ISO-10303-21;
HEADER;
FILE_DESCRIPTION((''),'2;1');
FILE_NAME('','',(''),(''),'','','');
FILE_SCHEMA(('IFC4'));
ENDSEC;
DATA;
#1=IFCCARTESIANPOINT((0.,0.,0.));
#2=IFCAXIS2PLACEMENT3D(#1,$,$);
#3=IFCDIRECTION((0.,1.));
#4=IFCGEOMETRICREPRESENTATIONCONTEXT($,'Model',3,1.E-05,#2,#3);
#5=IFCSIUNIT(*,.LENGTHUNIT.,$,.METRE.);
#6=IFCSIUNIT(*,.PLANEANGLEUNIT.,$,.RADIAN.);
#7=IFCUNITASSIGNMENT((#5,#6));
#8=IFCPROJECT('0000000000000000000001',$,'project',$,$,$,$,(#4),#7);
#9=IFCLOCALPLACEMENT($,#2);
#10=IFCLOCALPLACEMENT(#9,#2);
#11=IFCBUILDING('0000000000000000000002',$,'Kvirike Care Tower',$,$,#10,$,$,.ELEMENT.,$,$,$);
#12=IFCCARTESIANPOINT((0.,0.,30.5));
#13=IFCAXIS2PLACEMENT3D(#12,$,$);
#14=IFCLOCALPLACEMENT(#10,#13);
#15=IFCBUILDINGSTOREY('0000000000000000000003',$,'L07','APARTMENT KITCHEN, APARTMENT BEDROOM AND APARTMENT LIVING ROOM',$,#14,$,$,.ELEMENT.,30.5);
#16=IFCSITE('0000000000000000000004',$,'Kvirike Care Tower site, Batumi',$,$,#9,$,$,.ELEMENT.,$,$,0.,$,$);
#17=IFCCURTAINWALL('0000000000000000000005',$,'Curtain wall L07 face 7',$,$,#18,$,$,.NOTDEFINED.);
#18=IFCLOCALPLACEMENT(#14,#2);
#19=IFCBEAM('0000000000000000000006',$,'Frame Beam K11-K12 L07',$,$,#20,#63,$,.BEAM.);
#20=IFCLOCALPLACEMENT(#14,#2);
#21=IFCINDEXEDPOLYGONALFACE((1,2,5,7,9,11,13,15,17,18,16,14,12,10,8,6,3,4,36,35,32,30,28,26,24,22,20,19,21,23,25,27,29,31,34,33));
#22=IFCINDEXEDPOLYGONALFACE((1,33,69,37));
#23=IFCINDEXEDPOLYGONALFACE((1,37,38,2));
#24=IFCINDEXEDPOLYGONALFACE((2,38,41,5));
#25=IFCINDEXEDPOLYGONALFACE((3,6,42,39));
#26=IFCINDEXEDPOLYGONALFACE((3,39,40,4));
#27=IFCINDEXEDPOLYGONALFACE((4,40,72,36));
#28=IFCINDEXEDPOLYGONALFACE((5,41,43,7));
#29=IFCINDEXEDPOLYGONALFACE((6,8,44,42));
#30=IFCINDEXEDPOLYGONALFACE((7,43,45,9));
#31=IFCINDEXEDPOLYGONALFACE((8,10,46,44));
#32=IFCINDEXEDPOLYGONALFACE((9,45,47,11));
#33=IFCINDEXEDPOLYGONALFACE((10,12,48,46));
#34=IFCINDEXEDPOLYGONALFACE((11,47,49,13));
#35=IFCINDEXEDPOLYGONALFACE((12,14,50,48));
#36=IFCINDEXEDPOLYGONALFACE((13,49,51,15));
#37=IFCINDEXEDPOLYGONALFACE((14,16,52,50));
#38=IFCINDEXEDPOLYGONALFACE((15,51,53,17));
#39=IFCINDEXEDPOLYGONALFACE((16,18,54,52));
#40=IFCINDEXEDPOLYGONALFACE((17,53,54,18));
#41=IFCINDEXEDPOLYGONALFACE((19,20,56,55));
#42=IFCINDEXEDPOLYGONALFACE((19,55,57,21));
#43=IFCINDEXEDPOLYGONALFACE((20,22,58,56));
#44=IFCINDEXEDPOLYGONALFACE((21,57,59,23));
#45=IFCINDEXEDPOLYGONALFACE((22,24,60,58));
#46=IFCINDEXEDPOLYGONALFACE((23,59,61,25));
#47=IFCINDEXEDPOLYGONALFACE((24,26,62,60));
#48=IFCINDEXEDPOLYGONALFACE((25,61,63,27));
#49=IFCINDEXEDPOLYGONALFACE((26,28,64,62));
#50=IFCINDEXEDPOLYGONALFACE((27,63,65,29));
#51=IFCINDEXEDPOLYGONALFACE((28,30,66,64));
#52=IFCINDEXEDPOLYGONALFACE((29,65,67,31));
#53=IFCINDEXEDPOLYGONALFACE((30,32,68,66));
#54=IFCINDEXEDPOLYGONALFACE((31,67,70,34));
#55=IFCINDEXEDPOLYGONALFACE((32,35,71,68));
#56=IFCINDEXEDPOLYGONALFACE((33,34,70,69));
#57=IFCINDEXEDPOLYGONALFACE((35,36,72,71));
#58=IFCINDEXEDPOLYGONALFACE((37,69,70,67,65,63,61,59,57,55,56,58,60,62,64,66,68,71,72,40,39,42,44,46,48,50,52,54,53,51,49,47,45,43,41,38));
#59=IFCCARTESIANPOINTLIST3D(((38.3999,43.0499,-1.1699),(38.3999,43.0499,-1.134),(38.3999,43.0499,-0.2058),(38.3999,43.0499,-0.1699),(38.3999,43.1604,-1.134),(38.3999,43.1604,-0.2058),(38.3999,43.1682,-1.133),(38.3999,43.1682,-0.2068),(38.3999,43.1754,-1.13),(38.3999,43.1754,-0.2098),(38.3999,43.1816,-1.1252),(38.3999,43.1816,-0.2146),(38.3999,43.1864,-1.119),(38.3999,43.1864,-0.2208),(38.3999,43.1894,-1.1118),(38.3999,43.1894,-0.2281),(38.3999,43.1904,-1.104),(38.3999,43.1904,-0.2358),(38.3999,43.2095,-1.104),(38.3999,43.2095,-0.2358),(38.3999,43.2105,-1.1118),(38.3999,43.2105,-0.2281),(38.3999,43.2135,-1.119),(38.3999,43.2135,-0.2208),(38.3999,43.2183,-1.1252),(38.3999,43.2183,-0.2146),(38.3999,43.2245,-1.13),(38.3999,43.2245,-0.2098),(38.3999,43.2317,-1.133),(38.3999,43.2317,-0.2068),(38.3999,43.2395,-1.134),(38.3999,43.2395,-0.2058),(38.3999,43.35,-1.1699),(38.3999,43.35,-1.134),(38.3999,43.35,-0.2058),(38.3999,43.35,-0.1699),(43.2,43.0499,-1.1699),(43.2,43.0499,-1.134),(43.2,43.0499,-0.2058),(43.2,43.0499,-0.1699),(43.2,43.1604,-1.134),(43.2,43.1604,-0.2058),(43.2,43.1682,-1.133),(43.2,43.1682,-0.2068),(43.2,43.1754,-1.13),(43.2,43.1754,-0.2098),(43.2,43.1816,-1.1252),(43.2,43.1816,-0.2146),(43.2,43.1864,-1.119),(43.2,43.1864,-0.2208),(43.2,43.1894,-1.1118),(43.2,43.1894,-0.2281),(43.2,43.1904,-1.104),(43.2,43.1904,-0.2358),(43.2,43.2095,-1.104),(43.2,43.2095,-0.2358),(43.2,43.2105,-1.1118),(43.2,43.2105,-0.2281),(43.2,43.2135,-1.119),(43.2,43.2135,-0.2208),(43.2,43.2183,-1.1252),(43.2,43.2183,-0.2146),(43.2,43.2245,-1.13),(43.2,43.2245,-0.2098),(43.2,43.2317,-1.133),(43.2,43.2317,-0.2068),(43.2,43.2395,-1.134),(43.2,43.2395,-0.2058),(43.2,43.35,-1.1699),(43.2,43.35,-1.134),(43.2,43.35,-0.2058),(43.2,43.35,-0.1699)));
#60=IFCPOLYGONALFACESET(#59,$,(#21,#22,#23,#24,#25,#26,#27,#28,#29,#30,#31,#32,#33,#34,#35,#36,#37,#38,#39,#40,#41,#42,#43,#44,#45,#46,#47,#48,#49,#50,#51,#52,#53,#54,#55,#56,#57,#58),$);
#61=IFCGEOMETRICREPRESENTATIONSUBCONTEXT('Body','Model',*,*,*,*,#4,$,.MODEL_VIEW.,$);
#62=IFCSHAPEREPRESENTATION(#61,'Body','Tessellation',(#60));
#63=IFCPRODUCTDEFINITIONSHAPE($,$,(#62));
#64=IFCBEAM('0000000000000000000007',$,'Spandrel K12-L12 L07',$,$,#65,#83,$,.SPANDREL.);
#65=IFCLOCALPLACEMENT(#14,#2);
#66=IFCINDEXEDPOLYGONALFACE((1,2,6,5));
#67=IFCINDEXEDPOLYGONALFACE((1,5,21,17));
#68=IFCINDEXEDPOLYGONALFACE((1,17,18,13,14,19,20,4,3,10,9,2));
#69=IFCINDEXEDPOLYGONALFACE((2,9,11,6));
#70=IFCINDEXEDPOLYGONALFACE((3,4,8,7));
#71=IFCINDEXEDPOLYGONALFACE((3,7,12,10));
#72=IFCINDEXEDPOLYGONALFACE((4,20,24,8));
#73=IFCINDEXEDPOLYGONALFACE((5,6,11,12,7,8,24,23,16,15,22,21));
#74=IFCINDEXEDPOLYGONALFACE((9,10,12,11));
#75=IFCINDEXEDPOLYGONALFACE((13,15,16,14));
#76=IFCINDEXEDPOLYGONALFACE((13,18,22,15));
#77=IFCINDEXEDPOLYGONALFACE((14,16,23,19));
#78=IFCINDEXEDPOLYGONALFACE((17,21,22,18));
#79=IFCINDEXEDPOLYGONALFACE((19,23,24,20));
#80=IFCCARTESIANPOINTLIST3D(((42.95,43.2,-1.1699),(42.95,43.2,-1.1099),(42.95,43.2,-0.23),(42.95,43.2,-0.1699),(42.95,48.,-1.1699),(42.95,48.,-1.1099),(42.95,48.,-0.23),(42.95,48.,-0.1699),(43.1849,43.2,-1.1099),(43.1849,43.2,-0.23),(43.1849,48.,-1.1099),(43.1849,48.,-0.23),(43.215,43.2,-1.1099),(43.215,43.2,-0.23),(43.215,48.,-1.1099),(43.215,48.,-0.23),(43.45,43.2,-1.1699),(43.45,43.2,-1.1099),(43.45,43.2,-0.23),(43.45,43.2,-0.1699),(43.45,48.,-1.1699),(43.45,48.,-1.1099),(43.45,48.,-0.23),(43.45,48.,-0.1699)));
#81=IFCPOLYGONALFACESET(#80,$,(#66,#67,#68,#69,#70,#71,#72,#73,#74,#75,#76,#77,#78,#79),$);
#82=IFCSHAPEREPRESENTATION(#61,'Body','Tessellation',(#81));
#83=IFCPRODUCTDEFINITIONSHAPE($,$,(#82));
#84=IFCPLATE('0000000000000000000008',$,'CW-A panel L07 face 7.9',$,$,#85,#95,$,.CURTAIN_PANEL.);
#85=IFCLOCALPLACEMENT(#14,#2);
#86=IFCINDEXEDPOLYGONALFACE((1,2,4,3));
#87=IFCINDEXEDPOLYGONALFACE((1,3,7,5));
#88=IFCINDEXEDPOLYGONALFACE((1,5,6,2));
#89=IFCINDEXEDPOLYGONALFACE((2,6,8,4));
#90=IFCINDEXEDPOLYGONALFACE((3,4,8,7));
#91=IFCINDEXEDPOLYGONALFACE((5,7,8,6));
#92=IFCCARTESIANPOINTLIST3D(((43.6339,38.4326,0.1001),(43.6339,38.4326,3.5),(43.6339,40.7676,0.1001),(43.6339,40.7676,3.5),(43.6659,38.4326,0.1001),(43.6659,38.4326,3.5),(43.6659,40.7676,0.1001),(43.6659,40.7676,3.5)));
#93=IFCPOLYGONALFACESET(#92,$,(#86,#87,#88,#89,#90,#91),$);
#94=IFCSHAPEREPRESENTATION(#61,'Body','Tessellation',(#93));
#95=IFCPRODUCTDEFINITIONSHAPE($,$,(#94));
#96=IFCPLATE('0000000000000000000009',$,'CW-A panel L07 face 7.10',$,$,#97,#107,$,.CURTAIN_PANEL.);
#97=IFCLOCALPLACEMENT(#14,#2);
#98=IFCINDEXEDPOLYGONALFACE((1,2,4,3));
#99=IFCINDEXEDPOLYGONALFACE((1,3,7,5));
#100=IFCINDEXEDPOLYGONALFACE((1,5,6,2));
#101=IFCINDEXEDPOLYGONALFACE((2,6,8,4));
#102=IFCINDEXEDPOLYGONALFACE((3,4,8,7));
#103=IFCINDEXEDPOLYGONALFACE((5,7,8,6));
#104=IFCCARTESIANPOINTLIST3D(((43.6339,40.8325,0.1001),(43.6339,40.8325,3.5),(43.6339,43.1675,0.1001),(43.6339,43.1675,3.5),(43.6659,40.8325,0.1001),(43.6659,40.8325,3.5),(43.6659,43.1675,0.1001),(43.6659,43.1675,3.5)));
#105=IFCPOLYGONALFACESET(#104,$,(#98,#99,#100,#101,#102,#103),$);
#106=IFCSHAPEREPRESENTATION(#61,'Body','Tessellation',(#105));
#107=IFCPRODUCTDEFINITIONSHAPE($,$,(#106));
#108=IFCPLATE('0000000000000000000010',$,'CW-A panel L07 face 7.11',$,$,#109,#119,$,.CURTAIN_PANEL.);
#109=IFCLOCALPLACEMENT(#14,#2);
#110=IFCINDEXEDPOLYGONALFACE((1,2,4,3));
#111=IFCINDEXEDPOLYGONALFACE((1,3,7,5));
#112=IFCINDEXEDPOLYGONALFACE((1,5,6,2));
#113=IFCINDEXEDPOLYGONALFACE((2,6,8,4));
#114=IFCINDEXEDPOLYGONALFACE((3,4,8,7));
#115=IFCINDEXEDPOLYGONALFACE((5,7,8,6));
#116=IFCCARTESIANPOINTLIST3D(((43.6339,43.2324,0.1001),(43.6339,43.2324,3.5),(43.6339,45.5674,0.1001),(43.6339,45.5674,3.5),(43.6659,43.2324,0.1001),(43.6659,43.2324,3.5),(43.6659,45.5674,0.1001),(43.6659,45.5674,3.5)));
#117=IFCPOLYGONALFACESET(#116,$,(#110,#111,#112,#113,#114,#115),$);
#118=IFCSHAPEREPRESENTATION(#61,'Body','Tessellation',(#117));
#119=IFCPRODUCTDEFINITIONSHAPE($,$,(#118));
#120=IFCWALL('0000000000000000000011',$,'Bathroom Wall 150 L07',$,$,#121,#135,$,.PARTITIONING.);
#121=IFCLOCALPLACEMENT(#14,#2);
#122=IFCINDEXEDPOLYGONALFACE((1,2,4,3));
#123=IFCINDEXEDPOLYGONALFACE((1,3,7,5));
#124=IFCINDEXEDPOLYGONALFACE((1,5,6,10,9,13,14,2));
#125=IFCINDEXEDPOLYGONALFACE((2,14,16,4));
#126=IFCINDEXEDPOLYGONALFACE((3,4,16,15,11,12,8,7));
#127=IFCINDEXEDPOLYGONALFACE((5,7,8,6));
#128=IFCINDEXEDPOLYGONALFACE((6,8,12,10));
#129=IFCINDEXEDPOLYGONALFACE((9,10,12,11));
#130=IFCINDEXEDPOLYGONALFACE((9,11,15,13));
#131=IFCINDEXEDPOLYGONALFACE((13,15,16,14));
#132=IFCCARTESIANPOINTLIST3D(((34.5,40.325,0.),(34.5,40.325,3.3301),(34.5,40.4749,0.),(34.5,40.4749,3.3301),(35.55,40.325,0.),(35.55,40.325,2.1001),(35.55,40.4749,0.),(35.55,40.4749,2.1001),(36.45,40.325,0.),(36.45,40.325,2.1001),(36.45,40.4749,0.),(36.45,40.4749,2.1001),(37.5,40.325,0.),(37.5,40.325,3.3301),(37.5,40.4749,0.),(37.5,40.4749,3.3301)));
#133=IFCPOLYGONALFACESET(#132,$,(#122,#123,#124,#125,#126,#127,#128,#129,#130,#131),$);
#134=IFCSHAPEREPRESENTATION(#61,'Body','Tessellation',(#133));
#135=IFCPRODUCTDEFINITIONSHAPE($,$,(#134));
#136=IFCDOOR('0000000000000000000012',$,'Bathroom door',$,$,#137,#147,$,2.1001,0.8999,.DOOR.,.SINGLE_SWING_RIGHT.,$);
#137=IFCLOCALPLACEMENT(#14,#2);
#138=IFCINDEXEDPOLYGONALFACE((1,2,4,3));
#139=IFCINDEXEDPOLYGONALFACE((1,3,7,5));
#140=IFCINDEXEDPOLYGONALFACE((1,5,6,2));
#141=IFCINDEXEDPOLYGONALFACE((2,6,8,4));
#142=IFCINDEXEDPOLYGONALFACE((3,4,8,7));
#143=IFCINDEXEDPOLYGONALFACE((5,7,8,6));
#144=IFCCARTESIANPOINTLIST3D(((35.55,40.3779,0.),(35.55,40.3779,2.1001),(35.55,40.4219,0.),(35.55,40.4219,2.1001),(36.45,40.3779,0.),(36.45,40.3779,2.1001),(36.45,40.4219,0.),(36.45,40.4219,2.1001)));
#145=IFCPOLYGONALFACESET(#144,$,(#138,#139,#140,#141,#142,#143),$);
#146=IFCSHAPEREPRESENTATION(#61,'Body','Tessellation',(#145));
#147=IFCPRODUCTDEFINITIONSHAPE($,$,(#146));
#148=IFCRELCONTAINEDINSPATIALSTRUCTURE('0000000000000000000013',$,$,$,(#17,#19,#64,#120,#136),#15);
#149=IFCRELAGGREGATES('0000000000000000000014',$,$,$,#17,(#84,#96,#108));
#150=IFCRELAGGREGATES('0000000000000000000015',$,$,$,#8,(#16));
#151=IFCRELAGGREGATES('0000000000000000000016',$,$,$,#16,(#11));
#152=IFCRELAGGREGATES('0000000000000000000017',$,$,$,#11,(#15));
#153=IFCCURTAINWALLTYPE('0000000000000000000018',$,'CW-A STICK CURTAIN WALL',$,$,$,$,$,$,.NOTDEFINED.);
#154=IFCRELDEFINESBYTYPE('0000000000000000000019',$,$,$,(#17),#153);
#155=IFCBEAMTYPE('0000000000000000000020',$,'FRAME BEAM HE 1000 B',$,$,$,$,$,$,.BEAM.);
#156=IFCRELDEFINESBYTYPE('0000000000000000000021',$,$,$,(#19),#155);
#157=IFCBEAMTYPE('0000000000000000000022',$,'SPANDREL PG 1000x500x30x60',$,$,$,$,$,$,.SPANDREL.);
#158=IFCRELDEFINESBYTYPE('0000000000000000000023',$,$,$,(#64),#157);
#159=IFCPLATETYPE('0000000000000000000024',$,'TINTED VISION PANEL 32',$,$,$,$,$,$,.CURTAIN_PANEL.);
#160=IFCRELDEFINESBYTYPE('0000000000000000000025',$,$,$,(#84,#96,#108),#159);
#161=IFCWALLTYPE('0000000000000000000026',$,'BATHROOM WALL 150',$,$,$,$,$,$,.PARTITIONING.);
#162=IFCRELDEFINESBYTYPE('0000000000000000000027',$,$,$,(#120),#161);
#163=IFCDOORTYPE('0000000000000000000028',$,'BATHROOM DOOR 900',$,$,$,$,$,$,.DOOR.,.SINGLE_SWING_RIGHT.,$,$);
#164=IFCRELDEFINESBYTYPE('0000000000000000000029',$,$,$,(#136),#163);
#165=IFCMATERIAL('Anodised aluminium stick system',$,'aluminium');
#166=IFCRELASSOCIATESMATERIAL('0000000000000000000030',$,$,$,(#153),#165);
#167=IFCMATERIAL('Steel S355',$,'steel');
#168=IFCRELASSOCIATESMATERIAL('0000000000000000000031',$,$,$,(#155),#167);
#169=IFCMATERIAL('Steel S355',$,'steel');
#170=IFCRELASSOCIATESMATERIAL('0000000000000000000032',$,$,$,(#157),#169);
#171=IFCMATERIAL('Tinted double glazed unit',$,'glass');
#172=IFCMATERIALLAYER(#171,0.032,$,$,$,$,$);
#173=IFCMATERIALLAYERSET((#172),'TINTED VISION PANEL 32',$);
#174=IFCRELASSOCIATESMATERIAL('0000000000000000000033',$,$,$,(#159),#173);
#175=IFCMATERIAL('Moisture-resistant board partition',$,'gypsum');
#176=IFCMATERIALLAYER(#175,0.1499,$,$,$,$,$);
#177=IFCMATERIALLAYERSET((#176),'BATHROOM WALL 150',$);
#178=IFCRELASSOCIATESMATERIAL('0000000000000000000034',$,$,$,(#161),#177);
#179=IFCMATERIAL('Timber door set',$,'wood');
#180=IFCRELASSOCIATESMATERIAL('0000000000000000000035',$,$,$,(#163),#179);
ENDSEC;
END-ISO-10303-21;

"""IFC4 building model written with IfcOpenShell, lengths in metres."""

from ifc_helpers import new_model, si_unit, direction, frame, frame_2d, origin, origin_2d, place, context, subcontext, project, spatial, rectangle, i_section, extrude, material, layer, layer_set, material_profile, profile_set, type_object, element, fill, aggregate, save


model = new_model("IFC4")

# Units and contexts
model_context = context("Model", 3, precision=1e-05, world=origin(), true_north=direction((0.0, 1.0)))
body_context = subcontext(model_context, "Body", "Model", "MODEL_VIEW")
ifc_project = project(units=[si_unit("LENGTHUNIT", "METRE"), si_unit("PLANEANGLEUNIT", "RADIAN")], contexts=[model_context])

# Site, building, storey
site_placement = place(None, origin())
site = spatial("IfcSite", under=ifc_project, at=site_placement, Name="Kvirike Care Tower site, Batumi", CompositionType="ELEMENT", RefElevation=0.0)
building_placement = place(site_placement, origin())
building = spatial("IfcBuilding", under=site, at=building_placement, Name="Kvirike Care Tower", CompositionType="ELEMENT")
storey_placement = place(building_placement, frame((0.0, 0.0, 30.5)))
storey = spatial("IfcBuildingStorey", under=building, at=storey_placement, Name="L07", Description="APARTMENT KITCHEN, APARTMENT BEDROOM AND APARTMENT LIVING ROOM", CompositionType="ELEMENT", Elevation=30.5)

# Curtain wall
ifc_material_1 = material(Name="Anodised aluminium stick system", Category="aluminium")
curtain_wall_type = type_object("IfcCurtainWallType", Name="CW-A STICK CURTAIN WALL", PredefinedType="NOTDEFINED", material=ifc_material_1)
curtain_wall_placement = place(storey_placement, origin())
curtain_wall = element("IfcCurtainWall", 1, at=curtain_wall_placement, inside=storey, type_object=curtain_wall_type, Name="Curtain wall L07 face 7", PredefinedType="NOTDEFINED")

# Beams
ifc_material_2 = material(Name="Steel S355", Category="steel")
ifc_material_profile_1 = material_profile(ifc_material_2, i_section(OverallWidth=0.3, OverallDepth=1.0, WebThickness=0.019, FlangeThickness=0.0359, FilletRadius=0.03, at=origin_2d()), Name="HE 1000 B")
ifc_profile_set_1 = profile_set([ifc_material_profile_1], Name="Steel S355")
beam_type_1 = type_object("IfcBeamType", Name="FRAME BEAM HE 1000 B", PredefinedType="BEAM", material=ifc_profile_set_1)
beam_1_placement = place(storey_placement, frame((38.3999, 43.2, -0.6699), z_axis=(1.0, 0.0, 0.0), x_axis=(0.0, 1.0, 0.0)))
element("IfcBeam", 2, at=beam_1_placement, inside=storey, type_object=beam_type_1, Name="Frame Beam K11-K12 L07", PredefinedType="BEAM", context=body_context, shape_type="SweptSolid", body=[
    extrude(i_section(OverallWidth=0.3, OverallDepth=1.0, WebThickness=0.019, FlangeThickness=0.0359, FilletRadius=0.03, at=origin_2d()), origin(), (0.0, 0.0, 1.0), 4.8),
])
ifc_material_3 = material(Name="Steel S355", Category="steel")
ifc_material_profile_2 = material_profile(ifc_material_3, i_section(OverallWidth=0.5, OverallDepth=1.0, WebThickness=0.03, FlangeThickness=0.0601, at=origin_2d()), Name="PG 1000x500x30x60")
ifc_profile_set_2 = profile_set([ifc_material_profile_2], Name="Steel S355")
beam_type_2 = type_object("IfcBeamType", Name="SPANDREL PG 1000x500x30x60", PredefinedType="SPANDREL", material=ifc_profile_set_2)
beam_2_placement = place(storey_placement, frame((43.2, 43.2, -0.6699), z_axis=(0.0, 1.0, 0.0), x_axis=(-1.0, 0.0, 0.0)))
element("IfcBeam", 3, at=beam_2_placement, inside=storey, type_object=beam_type_2, Name="Spandrel K12-L12 L07", PredefinedType="SPANDREL", context=body_context, shape_type="SweptSolid", body=[
    extrude(i_section(OverallWidth=0.5, OverallDepth=1.0, WebThickness=0.03, FlangeThickness=0.0601, at=origin_2d()), origin(), (0.0, 0.0, 1.0), 4.8),
])

# Plates
ifc_material_4 = material(Name="Tinted double glazed unit", Category="glass")
ifc_layer_1 = layer(ifc_material_4, 0.032)
ifc_layer_set_1 = layer_set([ifc_layer_1], Name="TINTED VISION PANEL 32")
plate_type = type_object("IfcPlateType", Name="TINTED VISION PANEL 32", PredefinedType="CURTAIN_PANEL", material=ifc_layer_set_1)
plate_1_placement = place(storey_placement, frame((43.6499, 39.6001, 0.1001), z_axis=(0.0, 0.0, 1.0), x_axis=(0.0, 1.0, 0.0)))
plate_1 = element("IfcPlate", 4, at=plate_1_placement, type_object=plate_type, Name="CW-A panel L07 face 7.9", PredefinedType="CURTAIN_PANEL", context=body_context, shape_type="SweptSolid", body=[
    extrude(rectangle(XDim=2.335, YDim=0.032, at=origin_2d()), origin(), (0.0, 0.0, 1.0), 3.3999),
])
plate_2_placement = place(storey_placement, frame((43.6499, 42.0, 0.1001), z_axis=(0.0, 0.0, 1.0), x_axis=(0.0, 1.0, 0.0)))
plate_2 = element("IfcPlate", 5, at=plate_2_placement, type_object=plate_type, Name="CW-A panel L07 face 7.10", PredefinedType="CURTAIN_PANEL", context=body_context, shape_type="SweptSolid", body=[
    extrude(rectangle(XDim=2.335, YDim=0.032, at=origin_2d()), origin(), (0.0, 0.0, 1.0), 3.3999),
])
plate_3_placement = place(storey_placement, frame((43.6499, 44.3999, 0.1001), z_axis=(0.0, 0.0, 1.0), x_axis=(0.0, 1.0, 0.0)))
plate_3 = element("IfcPlate", 6, at=plate_3_placement, type_object=plate_type, Name="CW-A panel L07 face 7.11", PredefinedType="CURTAIN_PANEL", context=body_context, shape_type="SweptSolid", body=[
    extrude(rectangle(XDim=2.335, YDim=0.032, at=origin_2d()), origin(), (0.0, 0.0, 1.0), 3.3999),
])
aggregate(curtain_wall, [plate_1, plate_2, plate_3])

# Wall, opening, door
ifc_material_5 = material(Name="Moisture-resistant board partition", Category="gypsum")
ifc_layer_2 = layer(ifc_material_5, 0.1499)
ifc_layer_set_2 = layer_set([ifc_layer_2], Name="BATHROOM WALL 150")
wall_type_1 = type_object("IfcWallType", Name="BATHROOM WALL 150", PredefinedType="PARTITIONING", material=ifc_layer_set_2)
wall_1_placement = place(storey_placement, frame((37.5, 40.3999, 0.0), z_axis=(0.0, 0.0, 1.0), x_axis=(-1.0, 0.0, 0.0)))
wall_1 = element("IfcWall", 7, at=wall_1_placement, inside=storey, type_object=wall_type_1, Name="Bathroom Wall 150 L07", PredefinedType="PARTITIONING", context=body_context, shape_type="SweptSolid", body=[
    extrude(rectangle(XDim=3.0, YDim=0.1499, at=frame_2d((1.5, 0.0))), origin(), (0.0, 0.0, 1.0), 3.3301),
])
opening_1_placement = place(wall_1_placement, frame((1.05, 0.0, 0.0)))
opening_1 = element("IfcOpeningElement", 8, at=opening_1_placement, cuts=wall_1, PredefinedType="OPENING", context=body_context, shape_type="SweptSolid", body=[
    extrude(rectangle(XDim=0.8999, YDim=2.1001, at=frame_2d((0.45, 1.05))), frame((0.0, 0.0854, 0.0), z_axis=(0.0, -1.0, 0.0), x_axis=(1.0, 0.0, 0.0)), (0.0, 0.0, 1.0), 0.1709),
])
ifc_material_6 = material(Name="Timber door set", Category="wood")
door_type_1 = type_object("IfcDoorType", Name="BATHROOM DOOR 900", OperationType="SINGLE_SWING_RIGHT", PredefinedType="DOOR", material=ifc_material_6)
door_1_placement = place(opening_1_placement, frame((0.8999, 0.0, 0.0), z_axis=(0.0, 0.0, 1.0), x_axis=(-1.0, 0.0, 0.0)))
door_1 = element("IfcDoor", 9, at=door_1_placement, inside=storey, type_object=door_type_1, Name="Bathroom door", OperationType="SINGLE_SWING_RIGHT", OverallHeight=2.1001, OverallWidth=0.8999, PredefinedType="DOOR", context=body_context, shape_type="SweptSolid", body=[
    extrude(rectangle(XDim=0.8999, YDim=2.1001, at=frame_2d((0.45, 1.05))), frame((0.0, 0.022, 0.0), z_axis=(0.0, -1.0, 0.0), x_axis=(1.0, 0.0, 0.0)), (0.0, 0.0, 1.0), 0.0439),
])
fill(opening_1, door_1)

save(model, "model.ifc")
